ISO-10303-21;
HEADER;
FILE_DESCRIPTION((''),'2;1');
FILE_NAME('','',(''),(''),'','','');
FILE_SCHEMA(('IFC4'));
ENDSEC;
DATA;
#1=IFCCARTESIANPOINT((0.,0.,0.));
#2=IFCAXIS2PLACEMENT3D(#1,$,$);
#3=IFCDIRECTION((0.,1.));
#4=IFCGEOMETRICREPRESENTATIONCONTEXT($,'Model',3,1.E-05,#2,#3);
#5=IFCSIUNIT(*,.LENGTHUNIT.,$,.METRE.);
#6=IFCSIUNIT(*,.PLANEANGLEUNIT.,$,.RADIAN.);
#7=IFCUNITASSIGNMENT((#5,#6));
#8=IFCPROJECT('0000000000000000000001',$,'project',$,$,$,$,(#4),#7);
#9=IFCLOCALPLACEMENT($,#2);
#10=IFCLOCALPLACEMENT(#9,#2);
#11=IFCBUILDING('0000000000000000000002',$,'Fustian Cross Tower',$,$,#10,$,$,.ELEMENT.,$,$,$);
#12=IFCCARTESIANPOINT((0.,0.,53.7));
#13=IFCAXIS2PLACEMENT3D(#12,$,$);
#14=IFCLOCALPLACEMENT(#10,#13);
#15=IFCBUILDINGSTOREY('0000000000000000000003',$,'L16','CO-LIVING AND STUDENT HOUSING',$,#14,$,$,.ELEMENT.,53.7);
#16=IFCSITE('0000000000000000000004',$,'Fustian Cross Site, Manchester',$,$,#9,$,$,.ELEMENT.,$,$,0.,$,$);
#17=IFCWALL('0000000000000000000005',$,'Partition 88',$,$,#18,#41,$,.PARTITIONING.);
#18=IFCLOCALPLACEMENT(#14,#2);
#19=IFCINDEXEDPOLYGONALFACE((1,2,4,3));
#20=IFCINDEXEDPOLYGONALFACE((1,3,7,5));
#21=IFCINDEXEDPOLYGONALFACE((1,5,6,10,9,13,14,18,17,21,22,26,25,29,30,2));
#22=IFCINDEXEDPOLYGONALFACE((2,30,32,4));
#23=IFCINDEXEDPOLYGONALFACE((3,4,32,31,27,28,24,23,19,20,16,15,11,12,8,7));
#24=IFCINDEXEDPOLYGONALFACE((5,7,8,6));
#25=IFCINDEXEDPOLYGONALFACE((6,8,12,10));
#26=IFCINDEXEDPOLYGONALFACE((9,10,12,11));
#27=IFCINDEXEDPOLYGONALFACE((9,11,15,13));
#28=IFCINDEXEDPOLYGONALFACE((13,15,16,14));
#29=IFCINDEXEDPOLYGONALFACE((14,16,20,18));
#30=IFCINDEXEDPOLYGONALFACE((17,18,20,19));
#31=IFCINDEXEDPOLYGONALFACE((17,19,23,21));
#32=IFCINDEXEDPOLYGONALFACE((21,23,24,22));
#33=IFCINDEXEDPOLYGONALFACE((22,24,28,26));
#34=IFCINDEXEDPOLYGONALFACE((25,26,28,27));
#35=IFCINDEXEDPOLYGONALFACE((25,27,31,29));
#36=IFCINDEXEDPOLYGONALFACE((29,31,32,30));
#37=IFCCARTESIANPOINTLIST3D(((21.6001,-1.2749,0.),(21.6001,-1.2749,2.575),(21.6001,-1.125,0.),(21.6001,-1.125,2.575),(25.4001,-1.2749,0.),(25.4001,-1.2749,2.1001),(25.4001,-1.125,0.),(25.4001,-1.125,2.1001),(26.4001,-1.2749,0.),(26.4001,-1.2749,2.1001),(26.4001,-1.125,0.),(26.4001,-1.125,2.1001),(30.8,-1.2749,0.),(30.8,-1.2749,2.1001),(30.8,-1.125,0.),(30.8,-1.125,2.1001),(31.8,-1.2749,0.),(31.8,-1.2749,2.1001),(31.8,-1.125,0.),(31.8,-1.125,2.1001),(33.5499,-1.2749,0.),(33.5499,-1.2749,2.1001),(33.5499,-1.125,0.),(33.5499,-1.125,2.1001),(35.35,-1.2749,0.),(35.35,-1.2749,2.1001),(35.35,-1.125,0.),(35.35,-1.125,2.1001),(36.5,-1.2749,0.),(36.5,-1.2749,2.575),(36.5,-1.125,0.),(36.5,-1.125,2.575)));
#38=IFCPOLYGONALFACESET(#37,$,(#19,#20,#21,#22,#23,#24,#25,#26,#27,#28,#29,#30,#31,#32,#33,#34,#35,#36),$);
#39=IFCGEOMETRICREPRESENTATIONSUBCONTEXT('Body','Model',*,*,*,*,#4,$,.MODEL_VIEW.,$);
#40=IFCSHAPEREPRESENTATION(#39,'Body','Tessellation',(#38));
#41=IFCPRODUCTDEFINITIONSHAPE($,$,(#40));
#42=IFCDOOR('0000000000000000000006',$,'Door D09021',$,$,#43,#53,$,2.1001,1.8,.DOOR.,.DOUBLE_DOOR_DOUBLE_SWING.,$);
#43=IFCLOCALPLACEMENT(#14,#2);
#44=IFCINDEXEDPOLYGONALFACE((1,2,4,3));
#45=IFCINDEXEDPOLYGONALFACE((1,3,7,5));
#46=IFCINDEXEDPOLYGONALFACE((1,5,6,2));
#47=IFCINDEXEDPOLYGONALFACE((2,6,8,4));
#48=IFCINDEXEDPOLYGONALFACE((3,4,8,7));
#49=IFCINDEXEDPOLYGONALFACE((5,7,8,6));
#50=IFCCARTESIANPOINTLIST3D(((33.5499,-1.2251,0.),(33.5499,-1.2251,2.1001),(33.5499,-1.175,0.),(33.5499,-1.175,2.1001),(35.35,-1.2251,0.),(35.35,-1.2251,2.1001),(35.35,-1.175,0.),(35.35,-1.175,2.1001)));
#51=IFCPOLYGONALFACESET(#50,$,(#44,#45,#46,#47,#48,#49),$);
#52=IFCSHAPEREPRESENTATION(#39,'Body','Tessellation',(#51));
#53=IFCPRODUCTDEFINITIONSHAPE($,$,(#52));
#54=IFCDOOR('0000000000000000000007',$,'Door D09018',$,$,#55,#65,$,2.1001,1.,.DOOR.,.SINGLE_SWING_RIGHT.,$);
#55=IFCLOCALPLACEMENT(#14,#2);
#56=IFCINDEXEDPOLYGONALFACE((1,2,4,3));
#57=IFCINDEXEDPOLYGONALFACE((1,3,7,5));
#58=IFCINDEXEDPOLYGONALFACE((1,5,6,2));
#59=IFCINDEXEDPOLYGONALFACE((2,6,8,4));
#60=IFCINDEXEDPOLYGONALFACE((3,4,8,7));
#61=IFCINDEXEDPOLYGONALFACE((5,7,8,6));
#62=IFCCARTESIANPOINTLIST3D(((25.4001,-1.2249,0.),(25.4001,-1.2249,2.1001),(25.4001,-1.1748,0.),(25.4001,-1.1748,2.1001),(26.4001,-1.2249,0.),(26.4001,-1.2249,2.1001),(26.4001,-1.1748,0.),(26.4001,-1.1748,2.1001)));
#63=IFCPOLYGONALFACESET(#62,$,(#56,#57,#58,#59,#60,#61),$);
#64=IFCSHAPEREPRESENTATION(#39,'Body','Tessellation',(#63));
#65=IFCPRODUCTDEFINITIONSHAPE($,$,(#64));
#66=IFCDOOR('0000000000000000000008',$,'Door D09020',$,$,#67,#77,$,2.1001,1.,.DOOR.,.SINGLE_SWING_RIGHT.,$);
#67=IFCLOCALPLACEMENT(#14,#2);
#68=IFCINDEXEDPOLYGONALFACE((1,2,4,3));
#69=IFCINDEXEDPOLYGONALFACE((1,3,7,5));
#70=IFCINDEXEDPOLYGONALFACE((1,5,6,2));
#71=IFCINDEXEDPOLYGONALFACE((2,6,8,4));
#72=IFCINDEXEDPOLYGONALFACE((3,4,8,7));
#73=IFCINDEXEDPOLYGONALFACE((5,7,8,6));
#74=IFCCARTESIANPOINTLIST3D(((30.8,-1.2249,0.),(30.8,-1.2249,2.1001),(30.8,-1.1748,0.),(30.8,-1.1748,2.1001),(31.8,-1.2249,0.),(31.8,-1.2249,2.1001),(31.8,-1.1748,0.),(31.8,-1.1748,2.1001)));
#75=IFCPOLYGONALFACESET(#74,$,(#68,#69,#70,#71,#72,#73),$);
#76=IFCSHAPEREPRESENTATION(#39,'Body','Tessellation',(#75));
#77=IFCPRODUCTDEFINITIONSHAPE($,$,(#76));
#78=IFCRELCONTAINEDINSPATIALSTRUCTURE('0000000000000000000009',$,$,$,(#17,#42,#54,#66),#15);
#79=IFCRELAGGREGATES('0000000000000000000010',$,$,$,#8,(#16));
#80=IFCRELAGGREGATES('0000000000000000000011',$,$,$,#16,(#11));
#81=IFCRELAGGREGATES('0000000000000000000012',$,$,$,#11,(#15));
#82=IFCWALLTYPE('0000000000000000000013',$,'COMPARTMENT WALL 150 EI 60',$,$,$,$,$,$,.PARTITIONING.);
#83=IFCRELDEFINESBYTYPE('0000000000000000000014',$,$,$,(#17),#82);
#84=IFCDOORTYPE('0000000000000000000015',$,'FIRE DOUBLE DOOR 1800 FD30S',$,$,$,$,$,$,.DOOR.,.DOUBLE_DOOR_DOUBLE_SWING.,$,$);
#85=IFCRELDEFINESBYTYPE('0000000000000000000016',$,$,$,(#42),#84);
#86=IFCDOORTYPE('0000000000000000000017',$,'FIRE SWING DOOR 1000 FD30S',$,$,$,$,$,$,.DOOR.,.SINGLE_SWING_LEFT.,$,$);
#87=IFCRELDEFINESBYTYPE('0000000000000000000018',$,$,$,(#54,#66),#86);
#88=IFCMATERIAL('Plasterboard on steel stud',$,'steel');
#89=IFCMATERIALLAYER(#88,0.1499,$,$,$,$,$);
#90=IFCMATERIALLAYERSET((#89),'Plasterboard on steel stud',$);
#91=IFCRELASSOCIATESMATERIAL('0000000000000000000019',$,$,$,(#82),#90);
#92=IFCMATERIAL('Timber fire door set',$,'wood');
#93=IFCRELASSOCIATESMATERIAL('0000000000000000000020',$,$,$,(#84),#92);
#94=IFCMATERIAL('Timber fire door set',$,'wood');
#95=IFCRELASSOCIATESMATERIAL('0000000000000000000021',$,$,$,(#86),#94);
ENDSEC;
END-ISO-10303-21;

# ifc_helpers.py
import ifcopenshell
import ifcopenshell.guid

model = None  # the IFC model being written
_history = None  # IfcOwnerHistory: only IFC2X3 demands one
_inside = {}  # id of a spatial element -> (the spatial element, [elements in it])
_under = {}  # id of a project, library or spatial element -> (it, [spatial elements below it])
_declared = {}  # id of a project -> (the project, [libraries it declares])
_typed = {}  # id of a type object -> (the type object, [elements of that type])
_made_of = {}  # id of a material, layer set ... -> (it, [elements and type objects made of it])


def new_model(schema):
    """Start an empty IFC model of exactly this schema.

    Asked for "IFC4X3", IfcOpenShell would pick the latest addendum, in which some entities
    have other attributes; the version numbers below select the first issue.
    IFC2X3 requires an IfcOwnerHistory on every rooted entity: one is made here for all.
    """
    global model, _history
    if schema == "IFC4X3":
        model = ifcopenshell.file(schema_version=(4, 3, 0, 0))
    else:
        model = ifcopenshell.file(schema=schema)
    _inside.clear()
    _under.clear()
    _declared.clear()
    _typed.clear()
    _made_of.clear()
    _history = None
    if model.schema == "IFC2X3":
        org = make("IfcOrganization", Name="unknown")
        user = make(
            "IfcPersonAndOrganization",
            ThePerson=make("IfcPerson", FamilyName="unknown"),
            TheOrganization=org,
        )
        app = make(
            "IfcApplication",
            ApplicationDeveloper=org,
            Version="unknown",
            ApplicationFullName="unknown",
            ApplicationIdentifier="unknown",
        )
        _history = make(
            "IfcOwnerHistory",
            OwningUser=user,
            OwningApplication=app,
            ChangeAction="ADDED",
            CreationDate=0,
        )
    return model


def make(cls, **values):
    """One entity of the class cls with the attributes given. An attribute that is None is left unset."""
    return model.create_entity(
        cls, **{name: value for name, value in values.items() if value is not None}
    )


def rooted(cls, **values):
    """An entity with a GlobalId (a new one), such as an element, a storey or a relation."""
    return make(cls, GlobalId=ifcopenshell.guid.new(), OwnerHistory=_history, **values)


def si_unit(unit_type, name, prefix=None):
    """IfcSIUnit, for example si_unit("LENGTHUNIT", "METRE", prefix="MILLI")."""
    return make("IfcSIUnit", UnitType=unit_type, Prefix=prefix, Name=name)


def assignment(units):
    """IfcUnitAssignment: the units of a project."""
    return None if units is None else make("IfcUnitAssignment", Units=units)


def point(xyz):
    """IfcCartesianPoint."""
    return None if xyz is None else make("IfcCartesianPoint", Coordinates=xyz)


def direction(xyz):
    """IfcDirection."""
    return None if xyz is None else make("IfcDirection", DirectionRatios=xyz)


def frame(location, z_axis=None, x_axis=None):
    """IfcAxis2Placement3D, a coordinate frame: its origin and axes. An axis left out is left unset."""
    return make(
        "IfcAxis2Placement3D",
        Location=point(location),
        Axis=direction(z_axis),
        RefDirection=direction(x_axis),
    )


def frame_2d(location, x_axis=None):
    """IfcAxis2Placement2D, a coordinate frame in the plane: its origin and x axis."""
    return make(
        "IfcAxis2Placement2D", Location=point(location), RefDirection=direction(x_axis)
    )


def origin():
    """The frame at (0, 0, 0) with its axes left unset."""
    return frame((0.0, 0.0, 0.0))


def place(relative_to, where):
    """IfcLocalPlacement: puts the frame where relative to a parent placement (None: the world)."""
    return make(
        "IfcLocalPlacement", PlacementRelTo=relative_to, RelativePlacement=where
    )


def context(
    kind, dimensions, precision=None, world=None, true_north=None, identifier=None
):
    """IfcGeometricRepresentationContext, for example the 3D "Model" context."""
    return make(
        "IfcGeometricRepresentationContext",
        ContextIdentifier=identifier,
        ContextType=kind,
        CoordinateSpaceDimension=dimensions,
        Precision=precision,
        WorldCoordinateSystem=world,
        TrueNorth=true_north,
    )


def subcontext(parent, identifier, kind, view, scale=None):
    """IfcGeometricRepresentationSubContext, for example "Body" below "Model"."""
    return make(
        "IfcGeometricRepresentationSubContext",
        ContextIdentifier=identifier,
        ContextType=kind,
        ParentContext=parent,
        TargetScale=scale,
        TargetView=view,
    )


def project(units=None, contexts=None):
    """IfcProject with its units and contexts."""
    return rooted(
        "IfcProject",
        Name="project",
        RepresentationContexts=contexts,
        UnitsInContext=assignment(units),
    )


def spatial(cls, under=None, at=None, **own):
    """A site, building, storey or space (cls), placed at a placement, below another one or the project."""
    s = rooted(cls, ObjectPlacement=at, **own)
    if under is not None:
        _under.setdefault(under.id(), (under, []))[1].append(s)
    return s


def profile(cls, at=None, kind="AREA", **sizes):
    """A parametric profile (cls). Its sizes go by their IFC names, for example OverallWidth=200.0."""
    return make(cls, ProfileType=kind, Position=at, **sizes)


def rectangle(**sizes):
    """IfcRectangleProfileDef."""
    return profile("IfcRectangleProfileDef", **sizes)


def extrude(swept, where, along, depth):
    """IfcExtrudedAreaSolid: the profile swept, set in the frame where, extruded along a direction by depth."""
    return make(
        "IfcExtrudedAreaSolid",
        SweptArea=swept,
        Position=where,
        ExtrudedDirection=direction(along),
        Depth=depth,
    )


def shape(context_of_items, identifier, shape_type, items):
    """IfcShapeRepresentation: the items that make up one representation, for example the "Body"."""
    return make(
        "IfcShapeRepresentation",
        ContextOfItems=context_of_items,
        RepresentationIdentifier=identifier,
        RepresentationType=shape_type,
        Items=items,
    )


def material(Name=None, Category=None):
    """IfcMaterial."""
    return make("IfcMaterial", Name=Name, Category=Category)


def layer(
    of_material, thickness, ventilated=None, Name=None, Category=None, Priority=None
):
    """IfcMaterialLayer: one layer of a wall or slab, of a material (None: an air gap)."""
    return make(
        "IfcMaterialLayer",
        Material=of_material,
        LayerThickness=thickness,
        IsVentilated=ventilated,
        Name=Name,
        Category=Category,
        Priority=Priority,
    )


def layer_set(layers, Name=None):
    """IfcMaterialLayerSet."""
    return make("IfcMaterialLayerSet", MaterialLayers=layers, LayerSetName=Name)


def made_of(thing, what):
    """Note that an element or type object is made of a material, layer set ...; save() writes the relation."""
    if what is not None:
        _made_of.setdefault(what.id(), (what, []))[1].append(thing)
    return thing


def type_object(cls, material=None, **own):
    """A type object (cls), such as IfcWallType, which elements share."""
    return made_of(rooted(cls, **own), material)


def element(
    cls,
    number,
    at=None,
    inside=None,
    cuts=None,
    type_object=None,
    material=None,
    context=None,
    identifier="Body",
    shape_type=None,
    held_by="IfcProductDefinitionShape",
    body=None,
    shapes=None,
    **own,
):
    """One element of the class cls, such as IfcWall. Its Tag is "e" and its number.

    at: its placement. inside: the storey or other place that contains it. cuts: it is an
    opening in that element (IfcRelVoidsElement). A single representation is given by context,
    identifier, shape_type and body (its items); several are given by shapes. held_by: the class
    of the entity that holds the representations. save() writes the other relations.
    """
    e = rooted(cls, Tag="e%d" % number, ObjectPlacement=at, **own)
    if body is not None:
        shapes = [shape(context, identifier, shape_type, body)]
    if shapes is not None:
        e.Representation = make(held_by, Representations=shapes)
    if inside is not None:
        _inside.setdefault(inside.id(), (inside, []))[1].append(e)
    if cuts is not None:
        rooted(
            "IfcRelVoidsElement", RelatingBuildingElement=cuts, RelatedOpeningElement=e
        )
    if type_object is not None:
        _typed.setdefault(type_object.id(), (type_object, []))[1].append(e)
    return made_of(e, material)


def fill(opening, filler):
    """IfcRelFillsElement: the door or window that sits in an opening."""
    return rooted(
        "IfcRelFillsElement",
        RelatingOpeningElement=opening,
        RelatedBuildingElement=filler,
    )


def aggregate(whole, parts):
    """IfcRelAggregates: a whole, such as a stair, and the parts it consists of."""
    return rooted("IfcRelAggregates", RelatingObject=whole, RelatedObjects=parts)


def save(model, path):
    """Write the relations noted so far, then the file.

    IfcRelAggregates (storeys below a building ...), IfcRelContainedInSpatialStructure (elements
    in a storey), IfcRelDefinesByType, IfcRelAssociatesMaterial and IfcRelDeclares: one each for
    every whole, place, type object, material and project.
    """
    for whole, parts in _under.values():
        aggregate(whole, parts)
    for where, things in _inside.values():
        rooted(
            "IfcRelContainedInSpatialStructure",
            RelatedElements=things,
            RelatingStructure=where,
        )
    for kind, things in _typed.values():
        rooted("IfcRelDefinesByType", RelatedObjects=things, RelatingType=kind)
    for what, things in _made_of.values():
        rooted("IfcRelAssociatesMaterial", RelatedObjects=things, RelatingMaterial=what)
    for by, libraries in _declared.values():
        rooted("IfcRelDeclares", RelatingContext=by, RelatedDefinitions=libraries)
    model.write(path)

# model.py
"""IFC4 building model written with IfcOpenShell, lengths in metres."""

from ifc_helpers import new_model, si_unit, direction, frame, frame_2d, origin, place, context, subcontext, project, spatial, rectangle, extrude, material, layer, layer_set, type_object, element, fill, save


model = new_model("IFC4")

# Units and contexts
model_context = context("Model", 3, precision=1e-05, world=origin(), true_north=direction((0.0, 1.0)))
body_context = subcontext(model_context, "Body", "Model", "MODEL_VIEW")
ifc_project = project(units=[si_unit("LENGTHUNIT", "METRE"), si_unit("PLANEANGLEUNIT", "RADIAN")], contexts=[model_context])

# Site, building, storey
site_placement = place(None, origin())
site = spatial("IfcSite", under=ifc_project, at=site_placement, Name="Fustian Cross Site, Manchester", CompositionType="ELEMENT", RefElevation=0.0)
building_placement = place(site_placement, origin())
building = spatial("IfcBuilding", under=site, at=building_placement, Name="Fustian Cross Tower", CompositionType="ELEMENT")
storey_placement = place(building_placement, frame((0.0, 0.0, 53.7)))
storey = spatial("IfcBuildingStorey", under=building, at=storey_placement, Name="L16", Description="CO-LIVING AND STUDENT HOUSING", CompositionType="ELEMENT", Elevation=53.7)

# Wall, openings, doors
ifc_material_1 = material(Name="Plasterboard on steel stud", Category="steel")
ifc_layer_1 = layer(ifc_material_1, 0.1499)
ifc_layer_set_1 = layer_set([ifc_layer_1], Name="Plasterboard on steel stud")
wall_type_1 = type_object("IfcWallType", Name="COMPARTMENT WALL 150 EI 60", PredefinedType="PARTITIONING", material=ifc_layer_set_1)
wall_1_placement = place(storey_placement, frame((21.6001, -1.2, 0.0), z_axis=(0.0, 0.0, 1.0), x_axis=(1.0, 0.0, 0.0)))
wall_1 = element("IfcWall", 1, at=wall_1_placement, inside=storey, type_object=wall_type_1, Name="Partition 88", PredefinedType="PARTITIONING", context=body_context, shape_type="SweptSolid", body=[
    extrude(rectangle(XDim=14.8999, YDim=0.1499, at=frame_2d((7.45, 0.0))), origin(), (0.0, 0.0, 1.0), 2.575),
])
opening_1_placement = place(wall_1_placement, frame((3.8, 0.0, 0.0)))
opening_1 = element("IfcOpeningElement", 2, at=opening_1_placement, cuts=wall_1, PredefinedType="OPENING", context=body_context, shape_type="SweptSolid", body=[
    extrude(rectangle(XDim=1.0, YDim=2.1001, at=frame_2d((0.5, 1.05))), frame((0.0, 0.085, 0.0), z_axis=(0.0, -1.0, 0.0), x_axis=(1.0, 0.0, 0.0)), (0.0, 0.0, 1.0), 0.1699),
])
opening_2_placement = place(wall_1_placement, frame((9.2, 0.0, 0.0)))
opening_2 = element("IfcOpeningElement", 3, at=opening_2_placement, cuts=wall_1, PredefinedType="OPENING", context=body_context, shape_type="SweptSolid", body=[
    extrude(rectangle(XDim=1.0, YDim=2.1001, at=frame_2d((0.5, 1.05))), frame((0.0, 0.085, 0.0), z_axis=(0.0, -1.0, 0.0), x_axis=(1.0, 0.0, 0.0)), (0.0, 0.0, 1.0), 0.1699),
])
opening_3_placement = place(wall_1_placement, frame((11.95, 0.0, 0.0)))
opening_3 = element("IfcOpeningElement", 4, at=opening_3_placement, cuts=wall_1, PredefinedType="OPENING", context=body_context, shape_type="SweptSolid", body=[
    extrude(rectangle(XDim=1.8, YDim=2.1001, at=frame_2d((0.8999, 1.05))), frame((0.0, 0.085, 0.0), z_axis=(0.0, -1.0, 0.0), x_axis=(1.0, 0.0, 0.0)), (0.0, 0.0, 1.0), 0.1699),
])
ifc_material_2 = material(Name="Timber fire door set", Category="wood")
door_type_1 = type_object("IfcDoorType", Name="FIRE DOUBLE DOOR 1800 FD30S", OperationType="DOUBLE_DOOR_DOUBLE_SWING", PredefinedType="DOOR", material=ifc_material_2)
door_1_placement = place(opening_3_placement, origin())
door_1 = element("IfcDoor", 5, at=door_1_placement, inside=storey, type_object=door_type_1, Name="Door D09021", OperationType="DOUBLE_DOOR_DOUBLE_SWING", OverallHeight=2.1001, OverallWidth=1.8, PredefinedType="DOOR", context=body_context, shape_type="SweptSolid", body=[
    extrude(rectangle(XDim=1.8, YDim=2.1001, at=frame_2d((0.8999, 1.05))), frame((0.0, 0.0249, 0.0), z_axis=(0.0, -1.0, 0.0), x_axis=(1.0, 0.0, 0.0)), (0.0, 0.0, 1.0), 0.05),
])
fill(opening_3, door_1)
ifc_material_3 = material(Name="Timber fire door set", Category="wood")
door_type_2 = type_object("IfcDoorType", Name="FIRE SWING DOOR 1000 FD30S", OperationType="SINGLE_SWING_LEFT", PredefinedType="DOOR", material=ifc_material_3)
door_2_placement = place(opening_1_placement, frame((1.0, 0.0, 0.0), z_axis=(0.0, 0.0, 1.0), x_axis=(-1.0, 0.0, 0.0)))
door_2 = element("IfcDoor", 6, at=door_2_placement, inside=storey, type_object=door_type_2, Name="Door D09018", OperationType="SINGLE_SWING_RIGHT", OverallHeight=2.1001, OverallWidth=1.0, PredefinedType="DOOR", context=body_context, shape_type="SweptSolid", body=[
    extrude(rectangle(XDim=1.0, YDim=2.1001, at=frame_2d((0.5, 1.05))), frame((0.0, 0.0249, 0.0), z_axis=(0.0, -1.0, 0.0), x_axis=(1.0, 0.0, 0.0)), (0.0, 0.0, 1.0), 0.05),
])
fill(opening_1, door_2)
door_3_placement = place(opening_2_placement, frame((1.0, 0.0, 0.0), z_axis=(0.0, 0.0, 1.0), x_axis=(-1.0, 0.0, 0.0)))
door_3 = element("IfcDoor", 7, at=door_3_placement, inside=storey, type_object=door_type_2, Name="Door D09020", OperationType="SINGLE_SWING_RIGHT", OverallHeight=2.1001, OverallWidth=1.0, PredefinedType="DOOR", context=body_context, shape_type="SweptSolid", body=[
    extrude(rectangle(XDim=1.0, YDim=2.1001, at=frame_2d((0.5, 1.05))), frame((0.0, 0.0249, 0.0), z_axis=(0.0, -1.0, 0.0), x_axis=(1.0, 0.0, 0.0)), (0.0, 0.0, 1.0), 0.05),
])
fill(opening_2, door_3)

save(model, "model.ifc")
